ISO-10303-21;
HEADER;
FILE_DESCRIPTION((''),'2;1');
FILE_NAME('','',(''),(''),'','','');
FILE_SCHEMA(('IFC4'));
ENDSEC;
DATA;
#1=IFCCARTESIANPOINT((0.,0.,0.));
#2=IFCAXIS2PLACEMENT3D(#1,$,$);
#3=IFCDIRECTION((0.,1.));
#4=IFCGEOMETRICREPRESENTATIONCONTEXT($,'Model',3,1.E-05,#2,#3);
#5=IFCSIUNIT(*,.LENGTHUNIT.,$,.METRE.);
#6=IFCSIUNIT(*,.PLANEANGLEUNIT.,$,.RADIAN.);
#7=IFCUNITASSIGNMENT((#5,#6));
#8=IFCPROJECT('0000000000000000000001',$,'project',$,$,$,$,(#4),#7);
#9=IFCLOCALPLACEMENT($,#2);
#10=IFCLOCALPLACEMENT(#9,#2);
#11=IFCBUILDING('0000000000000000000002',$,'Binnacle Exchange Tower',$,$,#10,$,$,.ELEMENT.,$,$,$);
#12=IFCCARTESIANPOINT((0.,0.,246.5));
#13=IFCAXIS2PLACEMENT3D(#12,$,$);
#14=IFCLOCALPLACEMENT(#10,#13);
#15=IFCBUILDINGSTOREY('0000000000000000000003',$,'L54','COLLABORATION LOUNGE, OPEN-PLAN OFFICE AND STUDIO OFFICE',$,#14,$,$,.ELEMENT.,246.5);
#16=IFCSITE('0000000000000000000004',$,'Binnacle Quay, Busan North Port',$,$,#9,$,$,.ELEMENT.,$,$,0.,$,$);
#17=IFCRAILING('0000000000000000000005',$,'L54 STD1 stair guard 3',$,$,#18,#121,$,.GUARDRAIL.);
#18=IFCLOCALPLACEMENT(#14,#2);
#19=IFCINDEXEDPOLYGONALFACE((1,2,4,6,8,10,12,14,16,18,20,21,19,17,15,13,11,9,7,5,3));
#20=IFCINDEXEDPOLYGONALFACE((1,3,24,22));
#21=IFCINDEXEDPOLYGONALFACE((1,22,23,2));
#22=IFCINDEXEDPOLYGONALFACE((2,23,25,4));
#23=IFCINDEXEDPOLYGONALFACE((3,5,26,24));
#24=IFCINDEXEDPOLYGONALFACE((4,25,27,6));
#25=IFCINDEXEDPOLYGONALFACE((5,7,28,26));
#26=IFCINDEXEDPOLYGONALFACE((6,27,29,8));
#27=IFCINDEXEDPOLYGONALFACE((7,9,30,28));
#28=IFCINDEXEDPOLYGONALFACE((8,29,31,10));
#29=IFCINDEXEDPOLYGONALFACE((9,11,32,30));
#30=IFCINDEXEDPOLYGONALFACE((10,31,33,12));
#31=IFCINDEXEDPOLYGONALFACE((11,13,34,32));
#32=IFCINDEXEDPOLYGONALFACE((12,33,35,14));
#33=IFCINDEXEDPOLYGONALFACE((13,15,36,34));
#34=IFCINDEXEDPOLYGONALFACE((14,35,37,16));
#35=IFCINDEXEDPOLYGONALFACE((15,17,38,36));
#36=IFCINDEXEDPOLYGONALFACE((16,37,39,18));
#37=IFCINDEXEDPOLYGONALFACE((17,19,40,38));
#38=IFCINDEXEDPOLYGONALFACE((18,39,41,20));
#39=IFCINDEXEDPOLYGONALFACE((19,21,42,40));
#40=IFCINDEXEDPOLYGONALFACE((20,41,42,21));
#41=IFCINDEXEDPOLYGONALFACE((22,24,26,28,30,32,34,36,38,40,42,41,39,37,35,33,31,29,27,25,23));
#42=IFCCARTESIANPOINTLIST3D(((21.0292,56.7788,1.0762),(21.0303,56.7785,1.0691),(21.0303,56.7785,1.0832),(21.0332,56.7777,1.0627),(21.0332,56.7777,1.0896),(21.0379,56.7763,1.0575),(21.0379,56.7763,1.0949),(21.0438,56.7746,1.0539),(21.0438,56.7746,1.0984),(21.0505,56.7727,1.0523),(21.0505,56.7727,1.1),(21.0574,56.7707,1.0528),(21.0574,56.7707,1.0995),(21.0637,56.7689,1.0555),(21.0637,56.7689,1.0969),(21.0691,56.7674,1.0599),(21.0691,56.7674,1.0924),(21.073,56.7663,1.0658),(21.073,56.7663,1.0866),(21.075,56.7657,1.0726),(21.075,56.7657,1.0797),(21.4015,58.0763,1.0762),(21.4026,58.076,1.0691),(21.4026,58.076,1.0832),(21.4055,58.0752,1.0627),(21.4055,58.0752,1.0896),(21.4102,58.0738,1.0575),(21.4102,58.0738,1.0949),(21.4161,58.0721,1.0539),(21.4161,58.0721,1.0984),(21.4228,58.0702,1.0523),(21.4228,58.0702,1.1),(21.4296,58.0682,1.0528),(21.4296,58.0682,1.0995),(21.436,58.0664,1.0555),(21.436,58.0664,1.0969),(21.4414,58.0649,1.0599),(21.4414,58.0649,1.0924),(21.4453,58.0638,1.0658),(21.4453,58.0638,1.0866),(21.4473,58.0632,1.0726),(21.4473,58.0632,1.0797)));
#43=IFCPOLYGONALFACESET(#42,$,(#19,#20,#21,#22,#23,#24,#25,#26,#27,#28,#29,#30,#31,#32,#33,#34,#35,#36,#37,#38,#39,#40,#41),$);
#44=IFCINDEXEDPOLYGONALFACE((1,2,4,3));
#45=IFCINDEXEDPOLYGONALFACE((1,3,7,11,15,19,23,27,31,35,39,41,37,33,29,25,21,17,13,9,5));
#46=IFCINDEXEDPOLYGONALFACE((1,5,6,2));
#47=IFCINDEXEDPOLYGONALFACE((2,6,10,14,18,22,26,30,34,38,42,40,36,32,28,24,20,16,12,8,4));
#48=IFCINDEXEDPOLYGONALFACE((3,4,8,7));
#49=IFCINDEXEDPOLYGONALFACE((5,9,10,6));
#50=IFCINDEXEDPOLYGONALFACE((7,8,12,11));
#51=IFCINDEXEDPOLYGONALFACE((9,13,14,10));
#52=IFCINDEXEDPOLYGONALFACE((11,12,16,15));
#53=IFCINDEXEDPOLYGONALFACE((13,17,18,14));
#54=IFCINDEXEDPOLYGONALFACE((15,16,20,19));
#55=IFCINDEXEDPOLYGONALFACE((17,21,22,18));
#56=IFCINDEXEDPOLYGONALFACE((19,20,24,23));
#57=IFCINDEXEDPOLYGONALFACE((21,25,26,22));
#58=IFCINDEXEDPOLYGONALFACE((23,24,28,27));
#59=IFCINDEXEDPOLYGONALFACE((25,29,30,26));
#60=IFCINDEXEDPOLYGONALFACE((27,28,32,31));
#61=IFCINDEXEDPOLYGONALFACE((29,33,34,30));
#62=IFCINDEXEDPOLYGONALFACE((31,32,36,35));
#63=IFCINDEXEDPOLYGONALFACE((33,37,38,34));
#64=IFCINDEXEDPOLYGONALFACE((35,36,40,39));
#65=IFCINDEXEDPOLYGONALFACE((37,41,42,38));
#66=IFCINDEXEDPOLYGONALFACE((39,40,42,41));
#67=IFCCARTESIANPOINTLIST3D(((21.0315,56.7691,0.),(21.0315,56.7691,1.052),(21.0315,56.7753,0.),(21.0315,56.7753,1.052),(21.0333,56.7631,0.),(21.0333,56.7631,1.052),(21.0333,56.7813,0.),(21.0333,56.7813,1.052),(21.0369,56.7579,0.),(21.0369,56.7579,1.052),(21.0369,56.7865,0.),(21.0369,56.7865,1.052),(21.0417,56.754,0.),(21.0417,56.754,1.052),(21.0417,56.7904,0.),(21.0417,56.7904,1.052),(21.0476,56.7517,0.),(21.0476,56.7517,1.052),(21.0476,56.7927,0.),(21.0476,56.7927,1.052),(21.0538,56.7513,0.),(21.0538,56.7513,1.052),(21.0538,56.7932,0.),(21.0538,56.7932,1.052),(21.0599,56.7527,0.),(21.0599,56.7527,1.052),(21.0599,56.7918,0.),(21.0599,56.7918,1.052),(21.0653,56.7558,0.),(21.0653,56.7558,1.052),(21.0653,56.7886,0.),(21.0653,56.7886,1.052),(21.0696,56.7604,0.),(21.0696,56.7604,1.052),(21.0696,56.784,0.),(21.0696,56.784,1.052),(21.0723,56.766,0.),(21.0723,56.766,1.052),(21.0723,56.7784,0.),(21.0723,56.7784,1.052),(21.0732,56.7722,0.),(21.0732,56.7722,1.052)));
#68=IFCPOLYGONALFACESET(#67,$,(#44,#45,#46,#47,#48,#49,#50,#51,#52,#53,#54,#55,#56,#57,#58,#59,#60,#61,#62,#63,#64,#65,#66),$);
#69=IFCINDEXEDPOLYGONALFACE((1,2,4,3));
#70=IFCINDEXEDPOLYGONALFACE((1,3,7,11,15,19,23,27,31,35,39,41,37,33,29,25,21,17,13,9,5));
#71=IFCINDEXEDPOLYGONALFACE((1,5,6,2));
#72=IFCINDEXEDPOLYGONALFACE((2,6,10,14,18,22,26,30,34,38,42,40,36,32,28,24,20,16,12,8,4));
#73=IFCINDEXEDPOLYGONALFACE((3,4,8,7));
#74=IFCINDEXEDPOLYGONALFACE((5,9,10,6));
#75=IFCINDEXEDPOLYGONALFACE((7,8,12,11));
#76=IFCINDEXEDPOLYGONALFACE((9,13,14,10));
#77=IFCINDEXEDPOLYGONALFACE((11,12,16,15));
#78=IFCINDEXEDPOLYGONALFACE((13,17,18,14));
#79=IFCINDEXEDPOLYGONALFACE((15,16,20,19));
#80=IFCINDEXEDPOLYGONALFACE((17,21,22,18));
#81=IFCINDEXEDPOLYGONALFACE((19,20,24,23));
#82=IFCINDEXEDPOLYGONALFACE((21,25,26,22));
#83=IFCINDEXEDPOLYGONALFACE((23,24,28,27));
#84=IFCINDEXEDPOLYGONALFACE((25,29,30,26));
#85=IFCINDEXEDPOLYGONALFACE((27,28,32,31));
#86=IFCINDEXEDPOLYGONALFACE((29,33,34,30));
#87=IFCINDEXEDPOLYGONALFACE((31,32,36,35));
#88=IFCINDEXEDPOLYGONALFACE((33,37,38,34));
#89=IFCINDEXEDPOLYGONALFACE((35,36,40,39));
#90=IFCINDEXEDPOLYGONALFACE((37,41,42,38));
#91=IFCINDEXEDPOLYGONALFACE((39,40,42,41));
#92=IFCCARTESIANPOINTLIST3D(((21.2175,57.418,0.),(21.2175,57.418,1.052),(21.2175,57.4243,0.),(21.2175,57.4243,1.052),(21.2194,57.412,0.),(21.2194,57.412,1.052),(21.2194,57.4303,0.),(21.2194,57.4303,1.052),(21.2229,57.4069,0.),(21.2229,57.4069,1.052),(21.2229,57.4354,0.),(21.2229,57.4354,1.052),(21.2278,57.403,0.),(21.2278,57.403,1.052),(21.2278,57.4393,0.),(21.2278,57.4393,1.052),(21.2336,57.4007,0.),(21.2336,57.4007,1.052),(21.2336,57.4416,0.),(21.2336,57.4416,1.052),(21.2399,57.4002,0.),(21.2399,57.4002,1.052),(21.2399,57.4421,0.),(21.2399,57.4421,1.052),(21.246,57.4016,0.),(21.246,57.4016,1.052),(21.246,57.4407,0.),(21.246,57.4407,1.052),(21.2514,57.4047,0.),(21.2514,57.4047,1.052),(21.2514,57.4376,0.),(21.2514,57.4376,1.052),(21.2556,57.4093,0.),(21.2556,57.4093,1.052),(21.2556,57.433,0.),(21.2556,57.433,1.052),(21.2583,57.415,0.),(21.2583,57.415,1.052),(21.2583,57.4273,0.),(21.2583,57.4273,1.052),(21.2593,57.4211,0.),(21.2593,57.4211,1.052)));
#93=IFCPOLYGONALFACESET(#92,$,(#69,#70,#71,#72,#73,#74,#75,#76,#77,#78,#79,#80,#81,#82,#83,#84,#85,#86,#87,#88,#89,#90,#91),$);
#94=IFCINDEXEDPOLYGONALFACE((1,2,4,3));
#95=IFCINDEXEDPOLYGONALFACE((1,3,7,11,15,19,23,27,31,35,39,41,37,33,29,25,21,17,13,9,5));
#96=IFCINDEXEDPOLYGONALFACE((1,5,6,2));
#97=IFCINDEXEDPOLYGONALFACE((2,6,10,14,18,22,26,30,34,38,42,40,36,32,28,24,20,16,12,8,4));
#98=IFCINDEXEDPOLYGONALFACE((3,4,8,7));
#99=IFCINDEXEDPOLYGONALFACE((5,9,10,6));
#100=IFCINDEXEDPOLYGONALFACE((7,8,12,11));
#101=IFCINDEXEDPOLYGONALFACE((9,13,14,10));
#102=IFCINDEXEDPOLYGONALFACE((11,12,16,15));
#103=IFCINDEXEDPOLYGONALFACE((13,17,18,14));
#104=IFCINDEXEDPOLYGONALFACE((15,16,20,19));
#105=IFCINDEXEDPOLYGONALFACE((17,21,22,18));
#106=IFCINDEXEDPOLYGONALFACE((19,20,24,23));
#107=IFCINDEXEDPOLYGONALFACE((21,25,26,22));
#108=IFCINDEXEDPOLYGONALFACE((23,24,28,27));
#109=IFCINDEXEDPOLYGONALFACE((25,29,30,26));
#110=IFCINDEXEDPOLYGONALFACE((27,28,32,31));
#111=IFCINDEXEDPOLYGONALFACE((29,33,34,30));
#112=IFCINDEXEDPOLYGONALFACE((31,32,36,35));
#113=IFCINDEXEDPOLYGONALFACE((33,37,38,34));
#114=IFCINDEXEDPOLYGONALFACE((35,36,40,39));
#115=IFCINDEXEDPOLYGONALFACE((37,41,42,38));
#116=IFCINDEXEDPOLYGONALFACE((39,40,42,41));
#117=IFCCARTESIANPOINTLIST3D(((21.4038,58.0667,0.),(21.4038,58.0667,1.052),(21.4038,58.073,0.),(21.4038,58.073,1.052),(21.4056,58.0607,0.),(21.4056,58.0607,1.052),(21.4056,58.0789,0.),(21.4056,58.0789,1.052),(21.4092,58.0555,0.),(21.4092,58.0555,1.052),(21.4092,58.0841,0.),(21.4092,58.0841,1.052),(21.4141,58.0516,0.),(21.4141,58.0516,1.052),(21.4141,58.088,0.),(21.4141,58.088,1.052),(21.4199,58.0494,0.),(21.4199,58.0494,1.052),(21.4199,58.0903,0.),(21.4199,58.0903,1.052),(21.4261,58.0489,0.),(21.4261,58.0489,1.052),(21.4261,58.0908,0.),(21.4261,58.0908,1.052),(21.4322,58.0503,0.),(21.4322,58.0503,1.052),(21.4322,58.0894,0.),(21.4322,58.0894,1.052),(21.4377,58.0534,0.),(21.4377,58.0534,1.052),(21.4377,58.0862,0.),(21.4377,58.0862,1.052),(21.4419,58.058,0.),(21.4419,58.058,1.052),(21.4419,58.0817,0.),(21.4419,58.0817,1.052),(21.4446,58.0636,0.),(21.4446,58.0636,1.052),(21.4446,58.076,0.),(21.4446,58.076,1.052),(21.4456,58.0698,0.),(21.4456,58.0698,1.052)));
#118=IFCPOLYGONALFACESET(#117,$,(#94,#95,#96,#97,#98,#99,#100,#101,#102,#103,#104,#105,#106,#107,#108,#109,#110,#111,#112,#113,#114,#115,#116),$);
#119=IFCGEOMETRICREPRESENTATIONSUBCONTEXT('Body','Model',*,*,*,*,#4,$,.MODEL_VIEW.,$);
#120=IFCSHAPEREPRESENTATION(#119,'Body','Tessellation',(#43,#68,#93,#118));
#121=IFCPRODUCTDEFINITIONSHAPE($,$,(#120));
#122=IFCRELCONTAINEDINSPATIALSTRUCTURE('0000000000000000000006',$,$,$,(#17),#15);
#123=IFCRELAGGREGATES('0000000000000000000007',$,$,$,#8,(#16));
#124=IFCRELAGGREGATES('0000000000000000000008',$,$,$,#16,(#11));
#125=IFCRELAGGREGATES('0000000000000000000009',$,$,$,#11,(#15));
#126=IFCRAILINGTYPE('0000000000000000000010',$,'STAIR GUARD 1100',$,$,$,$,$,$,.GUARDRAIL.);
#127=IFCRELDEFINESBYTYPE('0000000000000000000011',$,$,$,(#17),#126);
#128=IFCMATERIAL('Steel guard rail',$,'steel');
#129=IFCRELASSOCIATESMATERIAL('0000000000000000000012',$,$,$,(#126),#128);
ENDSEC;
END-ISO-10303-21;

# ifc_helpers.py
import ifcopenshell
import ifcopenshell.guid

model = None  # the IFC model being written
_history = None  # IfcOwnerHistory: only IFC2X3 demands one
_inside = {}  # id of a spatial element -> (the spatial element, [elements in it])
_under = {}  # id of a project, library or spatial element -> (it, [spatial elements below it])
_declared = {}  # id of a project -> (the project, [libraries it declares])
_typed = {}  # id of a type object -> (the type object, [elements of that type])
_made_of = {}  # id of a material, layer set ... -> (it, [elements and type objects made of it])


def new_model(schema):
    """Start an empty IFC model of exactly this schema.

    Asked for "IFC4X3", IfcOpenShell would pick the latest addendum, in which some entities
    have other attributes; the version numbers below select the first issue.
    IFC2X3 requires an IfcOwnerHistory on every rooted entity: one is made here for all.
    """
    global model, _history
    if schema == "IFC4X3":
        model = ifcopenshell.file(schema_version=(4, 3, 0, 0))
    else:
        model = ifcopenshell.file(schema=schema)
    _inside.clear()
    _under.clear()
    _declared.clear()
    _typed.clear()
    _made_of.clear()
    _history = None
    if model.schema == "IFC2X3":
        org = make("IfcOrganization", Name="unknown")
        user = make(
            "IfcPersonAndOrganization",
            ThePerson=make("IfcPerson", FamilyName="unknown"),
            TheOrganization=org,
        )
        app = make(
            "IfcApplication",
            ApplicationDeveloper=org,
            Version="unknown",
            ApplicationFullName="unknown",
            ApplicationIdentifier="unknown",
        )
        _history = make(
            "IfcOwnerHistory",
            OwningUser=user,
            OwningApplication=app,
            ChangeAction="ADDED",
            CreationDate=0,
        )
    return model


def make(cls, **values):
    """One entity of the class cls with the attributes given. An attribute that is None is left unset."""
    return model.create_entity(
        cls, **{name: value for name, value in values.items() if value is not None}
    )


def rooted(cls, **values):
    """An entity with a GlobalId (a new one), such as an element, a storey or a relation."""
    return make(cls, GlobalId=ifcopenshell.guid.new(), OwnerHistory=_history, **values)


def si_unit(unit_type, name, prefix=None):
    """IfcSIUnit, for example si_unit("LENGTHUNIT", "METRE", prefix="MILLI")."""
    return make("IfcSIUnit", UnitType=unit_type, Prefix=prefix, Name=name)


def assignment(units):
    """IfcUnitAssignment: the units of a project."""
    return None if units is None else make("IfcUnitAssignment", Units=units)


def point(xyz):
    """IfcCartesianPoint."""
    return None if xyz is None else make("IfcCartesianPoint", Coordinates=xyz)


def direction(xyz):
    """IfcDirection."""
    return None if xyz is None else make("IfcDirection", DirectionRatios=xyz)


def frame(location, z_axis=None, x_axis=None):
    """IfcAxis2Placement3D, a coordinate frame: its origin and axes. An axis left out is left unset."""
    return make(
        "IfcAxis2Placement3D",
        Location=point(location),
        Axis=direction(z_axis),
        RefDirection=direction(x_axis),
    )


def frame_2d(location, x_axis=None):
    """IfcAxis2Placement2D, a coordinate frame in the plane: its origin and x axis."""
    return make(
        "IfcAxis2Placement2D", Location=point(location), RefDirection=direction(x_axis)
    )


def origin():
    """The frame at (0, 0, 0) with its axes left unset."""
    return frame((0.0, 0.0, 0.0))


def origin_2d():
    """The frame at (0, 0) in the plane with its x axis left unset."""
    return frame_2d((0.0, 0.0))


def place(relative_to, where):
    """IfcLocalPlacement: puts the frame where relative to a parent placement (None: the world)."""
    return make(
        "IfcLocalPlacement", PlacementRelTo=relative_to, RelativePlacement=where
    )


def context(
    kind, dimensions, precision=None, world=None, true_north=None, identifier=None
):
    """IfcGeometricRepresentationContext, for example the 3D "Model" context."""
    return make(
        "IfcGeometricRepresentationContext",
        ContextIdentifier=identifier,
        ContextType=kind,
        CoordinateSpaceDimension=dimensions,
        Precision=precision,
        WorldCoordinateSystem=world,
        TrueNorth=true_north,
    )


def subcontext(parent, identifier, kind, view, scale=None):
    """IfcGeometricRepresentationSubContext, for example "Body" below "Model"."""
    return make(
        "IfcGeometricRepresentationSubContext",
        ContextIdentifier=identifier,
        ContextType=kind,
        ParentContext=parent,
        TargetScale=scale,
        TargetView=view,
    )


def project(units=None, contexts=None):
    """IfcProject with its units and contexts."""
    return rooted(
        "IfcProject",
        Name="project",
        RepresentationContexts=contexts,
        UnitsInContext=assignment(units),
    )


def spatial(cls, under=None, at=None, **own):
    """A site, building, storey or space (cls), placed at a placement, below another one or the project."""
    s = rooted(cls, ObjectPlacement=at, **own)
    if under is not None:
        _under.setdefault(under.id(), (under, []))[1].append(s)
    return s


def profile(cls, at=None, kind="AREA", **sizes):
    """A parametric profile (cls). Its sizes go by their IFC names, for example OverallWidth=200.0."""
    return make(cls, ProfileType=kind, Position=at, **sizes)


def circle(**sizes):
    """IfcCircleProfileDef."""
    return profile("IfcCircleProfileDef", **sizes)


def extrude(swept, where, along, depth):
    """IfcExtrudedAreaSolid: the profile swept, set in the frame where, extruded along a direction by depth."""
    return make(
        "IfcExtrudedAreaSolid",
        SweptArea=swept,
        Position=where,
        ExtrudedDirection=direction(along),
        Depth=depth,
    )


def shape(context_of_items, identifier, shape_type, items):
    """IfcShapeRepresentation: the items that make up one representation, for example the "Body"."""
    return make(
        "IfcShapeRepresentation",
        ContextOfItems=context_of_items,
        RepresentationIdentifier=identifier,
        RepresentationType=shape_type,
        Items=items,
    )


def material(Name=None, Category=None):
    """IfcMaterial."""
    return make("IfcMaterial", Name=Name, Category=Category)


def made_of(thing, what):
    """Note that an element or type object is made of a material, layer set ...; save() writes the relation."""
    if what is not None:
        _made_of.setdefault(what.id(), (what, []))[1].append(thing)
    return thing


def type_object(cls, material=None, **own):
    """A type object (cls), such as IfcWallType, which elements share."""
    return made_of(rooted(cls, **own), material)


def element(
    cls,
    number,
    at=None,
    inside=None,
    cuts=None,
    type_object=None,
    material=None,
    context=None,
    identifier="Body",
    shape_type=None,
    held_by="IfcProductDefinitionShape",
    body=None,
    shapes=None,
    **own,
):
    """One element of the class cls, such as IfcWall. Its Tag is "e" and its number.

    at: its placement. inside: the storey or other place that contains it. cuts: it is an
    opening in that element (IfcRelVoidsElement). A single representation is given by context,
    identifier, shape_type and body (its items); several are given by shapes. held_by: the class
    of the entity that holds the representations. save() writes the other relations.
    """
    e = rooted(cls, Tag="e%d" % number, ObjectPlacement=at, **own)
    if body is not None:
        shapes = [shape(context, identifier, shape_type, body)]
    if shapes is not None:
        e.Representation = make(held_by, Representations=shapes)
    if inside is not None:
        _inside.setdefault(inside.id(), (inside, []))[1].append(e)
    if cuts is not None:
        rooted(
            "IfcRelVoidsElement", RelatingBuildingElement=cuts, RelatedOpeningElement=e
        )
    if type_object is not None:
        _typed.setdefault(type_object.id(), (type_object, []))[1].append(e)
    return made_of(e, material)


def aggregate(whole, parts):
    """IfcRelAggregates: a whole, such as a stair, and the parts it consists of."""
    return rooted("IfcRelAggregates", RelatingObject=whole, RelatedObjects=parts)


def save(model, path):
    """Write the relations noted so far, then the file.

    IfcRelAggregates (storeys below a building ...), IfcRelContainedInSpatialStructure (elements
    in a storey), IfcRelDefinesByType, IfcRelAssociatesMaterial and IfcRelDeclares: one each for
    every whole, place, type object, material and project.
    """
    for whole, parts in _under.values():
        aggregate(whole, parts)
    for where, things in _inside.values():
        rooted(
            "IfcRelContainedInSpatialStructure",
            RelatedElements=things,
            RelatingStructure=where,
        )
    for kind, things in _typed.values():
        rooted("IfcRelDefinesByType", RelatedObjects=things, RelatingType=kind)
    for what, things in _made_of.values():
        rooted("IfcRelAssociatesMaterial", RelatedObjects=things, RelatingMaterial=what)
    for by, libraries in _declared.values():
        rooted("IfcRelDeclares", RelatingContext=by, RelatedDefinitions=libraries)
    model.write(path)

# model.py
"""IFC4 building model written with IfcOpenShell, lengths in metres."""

from ifc_helpers import new_model, si_unit, direction, frame, origin, origin_2d, place, context, subcontext, project, spatial, circle, extrude, material, type_object, element, save


model = new_model("IFC4")

# Units and contexts
model_context = context("Model", 3, precision=1e-05, world=origin(), true_north=direction((0.0, 1.0)))
body_context = subcontext(model_context, "Body", "Model", "MODEL_VIEW")
ifc_project = project(units=[si_unit("LENGTHUNIT", "METRE"), si_unit("PLANEANGLEUNIT", "RADIAN")], contexts=[model_context])

# Site, building, storey
site_placement = place(None, origin())
site = spatial("IfcSite", under=ifc_project, at=site_placement, Name="Binnacle Quay, Busan North Port", CompositionType="ELEMENT", RefElevation=0.0)
building_placement = place(site_placement, origin())
building = spatial("IfcBuilding", under=site, at=building_placement, Name="Binnacle Exchange Tower", CompositionType="ELEMENT")
storey_placement = place(building_placement, frame((0.0, 0.0, 246.5)))
storey = spatial("IfcBuildingStorey", under=building, at=storey_placement, Name="L54", Description="COLLABORATION LOUNGE, OPEN-PLAN OFFICE AND STUDIO OFFICE", CompositionType="ELEMENT", Elevation=246.5)

# Railing
ifc_material_1 = material(Name="Steel guard rail", Category="steel")
railing_type = type_object("IfcRailingType", Name="STAIR GUARD 1100", PredefinedType="GUARDRAIL", material=ifc_material_1)
railing_1_placement = place(storey_placement, frame((21.0522, 56.7722, 0.0)))
element("IfcRailing", 1, at=railing_1_placement, inside=storey, type_object=railing_type, Name="L54 STD1 stair guard 3", PredefinedType="GUARDRAIL", context=body_context, shape_type="SweptSolid", body=[
    extrude(circle(Radius=0.0239, at=origin_2d()), frame((0.0, 0.0, 1.0762), z_axis=(0.275796, 0.961216, 0.0), x_axis=(-0.961216, 0.275796, 0.0)), (0.0, 0.0, 1.0), 1.3499),
    extrude(circle(Radius=0.021, at=origin_2d()), origin(), (0.0, 0.0, 1.0), 1.052),
    extrude(circle(Radius=0.021, at=origin_2d()), frame((0.186, 0.6489, 0.0)), (0.0, 0.0, 1.0), 1.052),
    extrude(circle(Radius=0.021, at=origin_2d()), frame((0.3723, 1.2976, 0.0)), (0.0, 0.0, 1.0), 1.052),
])

save(model, "model.ifc")
